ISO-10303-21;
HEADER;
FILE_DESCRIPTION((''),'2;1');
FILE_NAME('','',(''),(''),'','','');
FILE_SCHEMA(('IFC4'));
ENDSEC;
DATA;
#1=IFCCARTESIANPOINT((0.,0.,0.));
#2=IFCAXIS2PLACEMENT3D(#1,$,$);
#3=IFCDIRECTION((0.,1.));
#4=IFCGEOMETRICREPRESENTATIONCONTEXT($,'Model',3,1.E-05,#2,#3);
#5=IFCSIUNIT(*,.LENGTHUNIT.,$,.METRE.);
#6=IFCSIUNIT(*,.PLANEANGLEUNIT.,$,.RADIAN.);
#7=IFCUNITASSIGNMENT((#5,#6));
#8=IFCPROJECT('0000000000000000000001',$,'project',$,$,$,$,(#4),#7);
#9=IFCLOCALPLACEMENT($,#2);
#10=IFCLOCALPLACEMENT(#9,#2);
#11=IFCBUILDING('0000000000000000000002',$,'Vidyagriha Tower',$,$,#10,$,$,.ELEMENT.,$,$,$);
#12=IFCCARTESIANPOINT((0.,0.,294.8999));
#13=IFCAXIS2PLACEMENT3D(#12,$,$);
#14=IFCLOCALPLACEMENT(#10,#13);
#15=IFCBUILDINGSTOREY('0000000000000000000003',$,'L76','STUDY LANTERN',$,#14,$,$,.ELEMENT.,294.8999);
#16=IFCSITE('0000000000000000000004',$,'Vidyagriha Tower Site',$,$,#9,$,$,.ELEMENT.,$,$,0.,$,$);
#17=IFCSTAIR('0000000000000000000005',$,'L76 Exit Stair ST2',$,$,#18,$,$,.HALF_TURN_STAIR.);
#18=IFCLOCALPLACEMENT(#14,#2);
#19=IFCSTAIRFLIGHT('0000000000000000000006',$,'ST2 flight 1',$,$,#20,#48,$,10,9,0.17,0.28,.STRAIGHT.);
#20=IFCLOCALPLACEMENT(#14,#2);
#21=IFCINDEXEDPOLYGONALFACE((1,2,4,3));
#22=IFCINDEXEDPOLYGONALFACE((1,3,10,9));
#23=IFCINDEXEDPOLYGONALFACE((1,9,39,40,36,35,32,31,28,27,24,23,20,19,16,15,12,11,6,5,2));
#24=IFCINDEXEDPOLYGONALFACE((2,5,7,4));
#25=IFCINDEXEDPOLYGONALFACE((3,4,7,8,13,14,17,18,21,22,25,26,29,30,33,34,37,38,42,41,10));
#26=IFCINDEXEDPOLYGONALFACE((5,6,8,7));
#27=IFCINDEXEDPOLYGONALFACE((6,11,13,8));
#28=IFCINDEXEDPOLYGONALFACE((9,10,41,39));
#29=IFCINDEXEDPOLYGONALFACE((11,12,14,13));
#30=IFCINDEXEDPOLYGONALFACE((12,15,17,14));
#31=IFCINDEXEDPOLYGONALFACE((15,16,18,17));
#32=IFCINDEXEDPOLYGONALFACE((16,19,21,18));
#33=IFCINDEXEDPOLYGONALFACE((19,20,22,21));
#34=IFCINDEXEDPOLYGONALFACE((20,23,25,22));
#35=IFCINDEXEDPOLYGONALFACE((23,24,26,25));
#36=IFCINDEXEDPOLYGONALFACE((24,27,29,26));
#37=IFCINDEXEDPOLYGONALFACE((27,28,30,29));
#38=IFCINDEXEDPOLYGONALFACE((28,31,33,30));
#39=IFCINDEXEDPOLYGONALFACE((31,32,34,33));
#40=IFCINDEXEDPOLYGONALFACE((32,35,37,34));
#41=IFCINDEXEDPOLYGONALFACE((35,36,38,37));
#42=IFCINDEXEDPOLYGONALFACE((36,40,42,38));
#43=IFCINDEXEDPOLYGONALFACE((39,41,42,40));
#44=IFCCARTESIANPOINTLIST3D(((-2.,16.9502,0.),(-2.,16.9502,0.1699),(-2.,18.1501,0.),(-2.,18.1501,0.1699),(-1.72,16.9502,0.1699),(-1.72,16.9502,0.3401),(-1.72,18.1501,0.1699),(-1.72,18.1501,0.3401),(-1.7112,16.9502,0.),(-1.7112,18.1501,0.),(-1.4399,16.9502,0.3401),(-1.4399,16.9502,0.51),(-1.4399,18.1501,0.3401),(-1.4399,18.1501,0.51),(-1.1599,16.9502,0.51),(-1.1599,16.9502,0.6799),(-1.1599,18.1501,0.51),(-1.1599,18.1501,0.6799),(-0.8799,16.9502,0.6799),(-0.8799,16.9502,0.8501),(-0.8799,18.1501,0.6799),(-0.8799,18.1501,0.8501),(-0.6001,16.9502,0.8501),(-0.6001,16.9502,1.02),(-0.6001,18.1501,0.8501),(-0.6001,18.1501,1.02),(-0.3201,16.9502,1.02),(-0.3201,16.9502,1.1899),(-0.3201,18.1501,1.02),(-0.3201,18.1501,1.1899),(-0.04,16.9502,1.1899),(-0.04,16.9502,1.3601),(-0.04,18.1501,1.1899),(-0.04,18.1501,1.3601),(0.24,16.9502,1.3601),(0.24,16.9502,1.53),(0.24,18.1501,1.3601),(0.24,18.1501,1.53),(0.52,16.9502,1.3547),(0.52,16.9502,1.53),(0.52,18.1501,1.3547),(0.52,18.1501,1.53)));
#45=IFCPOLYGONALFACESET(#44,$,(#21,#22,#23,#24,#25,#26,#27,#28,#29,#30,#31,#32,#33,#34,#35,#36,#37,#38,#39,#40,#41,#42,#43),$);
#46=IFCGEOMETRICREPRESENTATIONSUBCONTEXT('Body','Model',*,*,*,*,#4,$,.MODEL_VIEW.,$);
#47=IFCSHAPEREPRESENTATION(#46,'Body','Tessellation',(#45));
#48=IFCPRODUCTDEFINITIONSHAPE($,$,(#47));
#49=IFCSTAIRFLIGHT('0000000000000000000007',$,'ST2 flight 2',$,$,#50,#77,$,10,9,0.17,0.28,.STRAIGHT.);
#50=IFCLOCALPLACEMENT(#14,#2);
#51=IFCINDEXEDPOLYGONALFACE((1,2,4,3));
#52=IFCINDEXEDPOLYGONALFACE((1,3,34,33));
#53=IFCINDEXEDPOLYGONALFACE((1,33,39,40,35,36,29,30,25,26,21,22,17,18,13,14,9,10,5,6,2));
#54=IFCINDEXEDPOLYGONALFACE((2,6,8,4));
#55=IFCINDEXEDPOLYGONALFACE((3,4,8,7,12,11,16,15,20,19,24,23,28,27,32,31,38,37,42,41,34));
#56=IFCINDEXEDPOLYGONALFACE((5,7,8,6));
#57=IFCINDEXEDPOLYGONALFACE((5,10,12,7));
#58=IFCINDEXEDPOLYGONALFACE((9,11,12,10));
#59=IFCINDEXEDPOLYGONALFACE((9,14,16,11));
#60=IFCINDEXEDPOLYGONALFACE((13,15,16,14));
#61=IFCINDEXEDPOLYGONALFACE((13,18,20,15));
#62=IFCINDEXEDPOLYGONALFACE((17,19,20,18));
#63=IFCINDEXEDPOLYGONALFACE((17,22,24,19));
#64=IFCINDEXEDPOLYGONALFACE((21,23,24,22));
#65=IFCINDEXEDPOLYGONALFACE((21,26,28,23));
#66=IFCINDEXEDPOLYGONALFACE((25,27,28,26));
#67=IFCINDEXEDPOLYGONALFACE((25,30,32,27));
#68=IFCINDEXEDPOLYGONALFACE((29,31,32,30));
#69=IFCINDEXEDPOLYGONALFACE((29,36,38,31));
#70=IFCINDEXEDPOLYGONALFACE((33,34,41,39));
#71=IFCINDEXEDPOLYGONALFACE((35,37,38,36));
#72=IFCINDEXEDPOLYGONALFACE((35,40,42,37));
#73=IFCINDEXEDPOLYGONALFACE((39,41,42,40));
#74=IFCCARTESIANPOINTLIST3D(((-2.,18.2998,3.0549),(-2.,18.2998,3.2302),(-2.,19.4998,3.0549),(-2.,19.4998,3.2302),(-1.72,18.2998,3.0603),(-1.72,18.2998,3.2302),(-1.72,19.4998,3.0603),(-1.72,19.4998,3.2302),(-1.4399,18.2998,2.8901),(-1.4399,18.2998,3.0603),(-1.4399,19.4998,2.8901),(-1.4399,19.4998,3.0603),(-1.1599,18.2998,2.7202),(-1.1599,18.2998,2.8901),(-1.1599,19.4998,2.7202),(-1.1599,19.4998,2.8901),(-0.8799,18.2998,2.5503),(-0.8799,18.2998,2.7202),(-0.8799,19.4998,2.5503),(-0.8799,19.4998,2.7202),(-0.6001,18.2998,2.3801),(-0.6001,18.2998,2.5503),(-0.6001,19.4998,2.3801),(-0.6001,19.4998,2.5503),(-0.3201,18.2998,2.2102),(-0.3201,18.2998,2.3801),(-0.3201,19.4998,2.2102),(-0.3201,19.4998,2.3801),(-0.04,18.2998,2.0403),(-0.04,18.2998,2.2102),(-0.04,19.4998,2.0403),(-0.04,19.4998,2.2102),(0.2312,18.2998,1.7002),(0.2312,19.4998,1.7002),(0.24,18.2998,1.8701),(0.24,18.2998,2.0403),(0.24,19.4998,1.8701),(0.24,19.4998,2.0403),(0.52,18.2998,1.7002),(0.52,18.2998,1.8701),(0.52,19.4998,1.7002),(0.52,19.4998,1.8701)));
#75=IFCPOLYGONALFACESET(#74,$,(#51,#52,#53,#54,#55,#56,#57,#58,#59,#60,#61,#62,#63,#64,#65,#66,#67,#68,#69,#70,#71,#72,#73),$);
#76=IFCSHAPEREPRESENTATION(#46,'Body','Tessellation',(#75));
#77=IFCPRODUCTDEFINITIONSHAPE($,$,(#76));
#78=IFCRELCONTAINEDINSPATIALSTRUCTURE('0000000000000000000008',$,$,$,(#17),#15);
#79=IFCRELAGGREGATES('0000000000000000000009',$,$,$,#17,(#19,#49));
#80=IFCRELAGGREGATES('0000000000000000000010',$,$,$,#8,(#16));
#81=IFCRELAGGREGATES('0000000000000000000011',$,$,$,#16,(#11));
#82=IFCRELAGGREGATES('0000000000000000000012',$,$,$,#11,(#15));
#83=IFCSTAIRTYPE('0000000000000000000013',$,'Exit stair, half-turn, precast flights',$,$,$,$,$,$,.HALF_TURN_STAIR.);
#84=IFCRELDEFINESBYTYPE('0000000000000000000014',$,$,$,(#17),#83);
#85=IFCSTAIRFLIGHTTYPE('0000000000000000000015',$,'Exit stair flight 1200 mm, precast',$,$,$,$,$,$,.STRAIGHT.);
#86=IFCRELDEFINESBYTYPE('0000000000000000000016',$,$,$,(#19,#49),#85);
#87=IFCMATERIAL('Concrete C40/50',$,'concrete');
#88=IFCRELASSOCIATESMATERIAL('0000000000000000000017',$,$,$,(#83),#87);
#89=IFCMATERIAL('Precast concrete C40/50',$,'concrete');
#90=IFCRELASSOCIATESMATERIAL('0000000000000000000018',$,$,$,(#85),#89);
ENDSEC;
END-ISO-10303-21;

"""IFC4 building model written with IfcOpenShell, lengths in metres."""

from ifc_helpers import new_model, si_unit, direction, frame, origin, place, context, subcontext, project, spatial, polyline, outline, extrude, material, type_object, element, aggregate, save


model = new_model("IFC4")

# Units and contexts
model_context = context("Model", 3, precision=1e-05, world=origin(), true_north=direction((0.0, 1.0)))
body_context = subcontext(model_context, "Body", "Model", "MODEL_VIEW")
ifc_project = project(units=[si_unit("LENGTHUNIT", "METRE"), si_unit("PLANEANGLEUNIT", "RADIAN")], contexts=[model_context])

# Site, building, storey
site_placement = place(None, origin())
site = spatial("IfcSite", under=ifc_project, at=site_placement, Name="Vidyagriha Tower Site", CompositionType="ELEMENT", RefElevation=0.0)
building_placement = place(site_placement, origin())
building = spatial("IfcBuilding", under=site, at=building_placement, Name="Vidyagriha Tower", CompositionType="ELEMENT")
storey_placement = place(building_placement, frame((0.0, 0.0, 294.8999)))
storey = spatial("IfcBuildingStorey", under=building, at=storey_placement, Name="L76", Description="STUDY LANTERN", CompositionType="ELEMENT", Elevation=294.8999)

# Stair, stair flights
ifc_material_1 = material(Name="Concrete C40/50", Category="concrete")
stair_type = type_object("IfcStairType", Name="Exit stair, half-turn, precast flights", PredefinedType="HALF_TURN_STAIR", material=ifc_material_1)
ifc_material_2 = material(Name="Precast concrete C40/50", Category="concrete")
stair_flight_type = type_object("IfcStairFlightType", Name="Exit stair flight 1200 mm, precast", PredefinedType="STRAIGHT", material=ifc_material_2)
stair_1_placement = place(storey_placement, origin())
stair_1 = element("IfcStair", 1, at=stair_1_placement, inside=storey, type_object=stair_type, Name="L76 Exit Stair ST2", PredefinedType="HALF_TURN_STAIR")
stair_flight_1_placement = place(storey_placement, frame((-2.0, 17.55, 0.0)))
stair_flight_1 = element("IfcStairFlight", 2, at=stair_flight_1_placement, type_object=stair_flight_type, Name="ST2 flight 1", NumberOfRisers=10, NumberOfTreads=9, PredefinedType="STRAIGHT", RiserHeight=0.17, TreadLength=0.28, context=body_context, shape_type="SweptSolid", body=[
    extrude(outline(polyline([(0.0, 0.0), (0.0, 0.1699), (0.28, 0.1699), (0.28, 0.3401), (0.5601, 0.3401), (0.5601, 0.51), (0.8401, 0.51), (0.8401, 0.6799), (1.1201, 0.6799), (1.1201, 0.8501), (1.3999, 0.8501), (1.3999, 1.02), (1.6799, 1.02), (1.6799, 1.1899), (1.96, 1.1899), (1.96, 1.3601), (2.24, 1.3601), (2.24, 1.53), (2.52, 1.53), (2.52, 1.7), (2.52, 1.3547), (0.2888, 0.0), (0.0, 0.0)])), frame((0.0, 0.6001, 0.0), z_axis=(0.0, -1.0, 0.0), x_axis=(1.0, 0.0, 0.0)), (0.0, 0.0, 1.0), 1.2),
])
stair_flight_2_placement = place(storey_placement, frame((0.52, 18.8999, 1.7002), z_axis=(0.0, 0.0, 1.0), x_axis=(-1.0, 0.0, 0.0)))
stair_flight_2 = element("IfcStairFlight", 3, at=stair_flight_2_placement, type_object=stair_flight_type, Name="ST2 flight 2", NumberOfRisers=10, NumberOfTreads=9, PredefinedType="STRAIGHT", RiserHeight=0.17, TreadLength=0.28, context=body_context, shape_type="SweptSolid", body=[
    extrude(outline(polyline([(0.0, 0.0), (0.0, 0.1699), (0.28, 0.1699), (0.28, 0.3401), (0.5601, 0.3401), (0.5601, 0.51), (0.8401, 0.51), (0.8401, 0.6799), (1.1201, 0.6799), (1.1201, 0.8501), (1.3999, 0.8501), (1.3999, 1.02), (1.6799, 1.02), (1.6799, 1.1899), (1.96, 1.1899), (1.96, 1.3601), (2.24, 1.3601), (2.24, 1.53), (2.52, 1.53), (2.52, 1.7), (2.52, 1.3547), (0.2888, 0.0), (0.0, 0.0)])), frame((0.0, 0.6001, 0.0), z_axis=(0.0, -1.0, 0.0), x_axis=(1.0, 0.0, 0.0)), (0.0, 0.0, 1.0), 1.2),
])
aggregate(stair_1, [stair_flight_1, stair_flight_2])

save(model, "model.ifc")
